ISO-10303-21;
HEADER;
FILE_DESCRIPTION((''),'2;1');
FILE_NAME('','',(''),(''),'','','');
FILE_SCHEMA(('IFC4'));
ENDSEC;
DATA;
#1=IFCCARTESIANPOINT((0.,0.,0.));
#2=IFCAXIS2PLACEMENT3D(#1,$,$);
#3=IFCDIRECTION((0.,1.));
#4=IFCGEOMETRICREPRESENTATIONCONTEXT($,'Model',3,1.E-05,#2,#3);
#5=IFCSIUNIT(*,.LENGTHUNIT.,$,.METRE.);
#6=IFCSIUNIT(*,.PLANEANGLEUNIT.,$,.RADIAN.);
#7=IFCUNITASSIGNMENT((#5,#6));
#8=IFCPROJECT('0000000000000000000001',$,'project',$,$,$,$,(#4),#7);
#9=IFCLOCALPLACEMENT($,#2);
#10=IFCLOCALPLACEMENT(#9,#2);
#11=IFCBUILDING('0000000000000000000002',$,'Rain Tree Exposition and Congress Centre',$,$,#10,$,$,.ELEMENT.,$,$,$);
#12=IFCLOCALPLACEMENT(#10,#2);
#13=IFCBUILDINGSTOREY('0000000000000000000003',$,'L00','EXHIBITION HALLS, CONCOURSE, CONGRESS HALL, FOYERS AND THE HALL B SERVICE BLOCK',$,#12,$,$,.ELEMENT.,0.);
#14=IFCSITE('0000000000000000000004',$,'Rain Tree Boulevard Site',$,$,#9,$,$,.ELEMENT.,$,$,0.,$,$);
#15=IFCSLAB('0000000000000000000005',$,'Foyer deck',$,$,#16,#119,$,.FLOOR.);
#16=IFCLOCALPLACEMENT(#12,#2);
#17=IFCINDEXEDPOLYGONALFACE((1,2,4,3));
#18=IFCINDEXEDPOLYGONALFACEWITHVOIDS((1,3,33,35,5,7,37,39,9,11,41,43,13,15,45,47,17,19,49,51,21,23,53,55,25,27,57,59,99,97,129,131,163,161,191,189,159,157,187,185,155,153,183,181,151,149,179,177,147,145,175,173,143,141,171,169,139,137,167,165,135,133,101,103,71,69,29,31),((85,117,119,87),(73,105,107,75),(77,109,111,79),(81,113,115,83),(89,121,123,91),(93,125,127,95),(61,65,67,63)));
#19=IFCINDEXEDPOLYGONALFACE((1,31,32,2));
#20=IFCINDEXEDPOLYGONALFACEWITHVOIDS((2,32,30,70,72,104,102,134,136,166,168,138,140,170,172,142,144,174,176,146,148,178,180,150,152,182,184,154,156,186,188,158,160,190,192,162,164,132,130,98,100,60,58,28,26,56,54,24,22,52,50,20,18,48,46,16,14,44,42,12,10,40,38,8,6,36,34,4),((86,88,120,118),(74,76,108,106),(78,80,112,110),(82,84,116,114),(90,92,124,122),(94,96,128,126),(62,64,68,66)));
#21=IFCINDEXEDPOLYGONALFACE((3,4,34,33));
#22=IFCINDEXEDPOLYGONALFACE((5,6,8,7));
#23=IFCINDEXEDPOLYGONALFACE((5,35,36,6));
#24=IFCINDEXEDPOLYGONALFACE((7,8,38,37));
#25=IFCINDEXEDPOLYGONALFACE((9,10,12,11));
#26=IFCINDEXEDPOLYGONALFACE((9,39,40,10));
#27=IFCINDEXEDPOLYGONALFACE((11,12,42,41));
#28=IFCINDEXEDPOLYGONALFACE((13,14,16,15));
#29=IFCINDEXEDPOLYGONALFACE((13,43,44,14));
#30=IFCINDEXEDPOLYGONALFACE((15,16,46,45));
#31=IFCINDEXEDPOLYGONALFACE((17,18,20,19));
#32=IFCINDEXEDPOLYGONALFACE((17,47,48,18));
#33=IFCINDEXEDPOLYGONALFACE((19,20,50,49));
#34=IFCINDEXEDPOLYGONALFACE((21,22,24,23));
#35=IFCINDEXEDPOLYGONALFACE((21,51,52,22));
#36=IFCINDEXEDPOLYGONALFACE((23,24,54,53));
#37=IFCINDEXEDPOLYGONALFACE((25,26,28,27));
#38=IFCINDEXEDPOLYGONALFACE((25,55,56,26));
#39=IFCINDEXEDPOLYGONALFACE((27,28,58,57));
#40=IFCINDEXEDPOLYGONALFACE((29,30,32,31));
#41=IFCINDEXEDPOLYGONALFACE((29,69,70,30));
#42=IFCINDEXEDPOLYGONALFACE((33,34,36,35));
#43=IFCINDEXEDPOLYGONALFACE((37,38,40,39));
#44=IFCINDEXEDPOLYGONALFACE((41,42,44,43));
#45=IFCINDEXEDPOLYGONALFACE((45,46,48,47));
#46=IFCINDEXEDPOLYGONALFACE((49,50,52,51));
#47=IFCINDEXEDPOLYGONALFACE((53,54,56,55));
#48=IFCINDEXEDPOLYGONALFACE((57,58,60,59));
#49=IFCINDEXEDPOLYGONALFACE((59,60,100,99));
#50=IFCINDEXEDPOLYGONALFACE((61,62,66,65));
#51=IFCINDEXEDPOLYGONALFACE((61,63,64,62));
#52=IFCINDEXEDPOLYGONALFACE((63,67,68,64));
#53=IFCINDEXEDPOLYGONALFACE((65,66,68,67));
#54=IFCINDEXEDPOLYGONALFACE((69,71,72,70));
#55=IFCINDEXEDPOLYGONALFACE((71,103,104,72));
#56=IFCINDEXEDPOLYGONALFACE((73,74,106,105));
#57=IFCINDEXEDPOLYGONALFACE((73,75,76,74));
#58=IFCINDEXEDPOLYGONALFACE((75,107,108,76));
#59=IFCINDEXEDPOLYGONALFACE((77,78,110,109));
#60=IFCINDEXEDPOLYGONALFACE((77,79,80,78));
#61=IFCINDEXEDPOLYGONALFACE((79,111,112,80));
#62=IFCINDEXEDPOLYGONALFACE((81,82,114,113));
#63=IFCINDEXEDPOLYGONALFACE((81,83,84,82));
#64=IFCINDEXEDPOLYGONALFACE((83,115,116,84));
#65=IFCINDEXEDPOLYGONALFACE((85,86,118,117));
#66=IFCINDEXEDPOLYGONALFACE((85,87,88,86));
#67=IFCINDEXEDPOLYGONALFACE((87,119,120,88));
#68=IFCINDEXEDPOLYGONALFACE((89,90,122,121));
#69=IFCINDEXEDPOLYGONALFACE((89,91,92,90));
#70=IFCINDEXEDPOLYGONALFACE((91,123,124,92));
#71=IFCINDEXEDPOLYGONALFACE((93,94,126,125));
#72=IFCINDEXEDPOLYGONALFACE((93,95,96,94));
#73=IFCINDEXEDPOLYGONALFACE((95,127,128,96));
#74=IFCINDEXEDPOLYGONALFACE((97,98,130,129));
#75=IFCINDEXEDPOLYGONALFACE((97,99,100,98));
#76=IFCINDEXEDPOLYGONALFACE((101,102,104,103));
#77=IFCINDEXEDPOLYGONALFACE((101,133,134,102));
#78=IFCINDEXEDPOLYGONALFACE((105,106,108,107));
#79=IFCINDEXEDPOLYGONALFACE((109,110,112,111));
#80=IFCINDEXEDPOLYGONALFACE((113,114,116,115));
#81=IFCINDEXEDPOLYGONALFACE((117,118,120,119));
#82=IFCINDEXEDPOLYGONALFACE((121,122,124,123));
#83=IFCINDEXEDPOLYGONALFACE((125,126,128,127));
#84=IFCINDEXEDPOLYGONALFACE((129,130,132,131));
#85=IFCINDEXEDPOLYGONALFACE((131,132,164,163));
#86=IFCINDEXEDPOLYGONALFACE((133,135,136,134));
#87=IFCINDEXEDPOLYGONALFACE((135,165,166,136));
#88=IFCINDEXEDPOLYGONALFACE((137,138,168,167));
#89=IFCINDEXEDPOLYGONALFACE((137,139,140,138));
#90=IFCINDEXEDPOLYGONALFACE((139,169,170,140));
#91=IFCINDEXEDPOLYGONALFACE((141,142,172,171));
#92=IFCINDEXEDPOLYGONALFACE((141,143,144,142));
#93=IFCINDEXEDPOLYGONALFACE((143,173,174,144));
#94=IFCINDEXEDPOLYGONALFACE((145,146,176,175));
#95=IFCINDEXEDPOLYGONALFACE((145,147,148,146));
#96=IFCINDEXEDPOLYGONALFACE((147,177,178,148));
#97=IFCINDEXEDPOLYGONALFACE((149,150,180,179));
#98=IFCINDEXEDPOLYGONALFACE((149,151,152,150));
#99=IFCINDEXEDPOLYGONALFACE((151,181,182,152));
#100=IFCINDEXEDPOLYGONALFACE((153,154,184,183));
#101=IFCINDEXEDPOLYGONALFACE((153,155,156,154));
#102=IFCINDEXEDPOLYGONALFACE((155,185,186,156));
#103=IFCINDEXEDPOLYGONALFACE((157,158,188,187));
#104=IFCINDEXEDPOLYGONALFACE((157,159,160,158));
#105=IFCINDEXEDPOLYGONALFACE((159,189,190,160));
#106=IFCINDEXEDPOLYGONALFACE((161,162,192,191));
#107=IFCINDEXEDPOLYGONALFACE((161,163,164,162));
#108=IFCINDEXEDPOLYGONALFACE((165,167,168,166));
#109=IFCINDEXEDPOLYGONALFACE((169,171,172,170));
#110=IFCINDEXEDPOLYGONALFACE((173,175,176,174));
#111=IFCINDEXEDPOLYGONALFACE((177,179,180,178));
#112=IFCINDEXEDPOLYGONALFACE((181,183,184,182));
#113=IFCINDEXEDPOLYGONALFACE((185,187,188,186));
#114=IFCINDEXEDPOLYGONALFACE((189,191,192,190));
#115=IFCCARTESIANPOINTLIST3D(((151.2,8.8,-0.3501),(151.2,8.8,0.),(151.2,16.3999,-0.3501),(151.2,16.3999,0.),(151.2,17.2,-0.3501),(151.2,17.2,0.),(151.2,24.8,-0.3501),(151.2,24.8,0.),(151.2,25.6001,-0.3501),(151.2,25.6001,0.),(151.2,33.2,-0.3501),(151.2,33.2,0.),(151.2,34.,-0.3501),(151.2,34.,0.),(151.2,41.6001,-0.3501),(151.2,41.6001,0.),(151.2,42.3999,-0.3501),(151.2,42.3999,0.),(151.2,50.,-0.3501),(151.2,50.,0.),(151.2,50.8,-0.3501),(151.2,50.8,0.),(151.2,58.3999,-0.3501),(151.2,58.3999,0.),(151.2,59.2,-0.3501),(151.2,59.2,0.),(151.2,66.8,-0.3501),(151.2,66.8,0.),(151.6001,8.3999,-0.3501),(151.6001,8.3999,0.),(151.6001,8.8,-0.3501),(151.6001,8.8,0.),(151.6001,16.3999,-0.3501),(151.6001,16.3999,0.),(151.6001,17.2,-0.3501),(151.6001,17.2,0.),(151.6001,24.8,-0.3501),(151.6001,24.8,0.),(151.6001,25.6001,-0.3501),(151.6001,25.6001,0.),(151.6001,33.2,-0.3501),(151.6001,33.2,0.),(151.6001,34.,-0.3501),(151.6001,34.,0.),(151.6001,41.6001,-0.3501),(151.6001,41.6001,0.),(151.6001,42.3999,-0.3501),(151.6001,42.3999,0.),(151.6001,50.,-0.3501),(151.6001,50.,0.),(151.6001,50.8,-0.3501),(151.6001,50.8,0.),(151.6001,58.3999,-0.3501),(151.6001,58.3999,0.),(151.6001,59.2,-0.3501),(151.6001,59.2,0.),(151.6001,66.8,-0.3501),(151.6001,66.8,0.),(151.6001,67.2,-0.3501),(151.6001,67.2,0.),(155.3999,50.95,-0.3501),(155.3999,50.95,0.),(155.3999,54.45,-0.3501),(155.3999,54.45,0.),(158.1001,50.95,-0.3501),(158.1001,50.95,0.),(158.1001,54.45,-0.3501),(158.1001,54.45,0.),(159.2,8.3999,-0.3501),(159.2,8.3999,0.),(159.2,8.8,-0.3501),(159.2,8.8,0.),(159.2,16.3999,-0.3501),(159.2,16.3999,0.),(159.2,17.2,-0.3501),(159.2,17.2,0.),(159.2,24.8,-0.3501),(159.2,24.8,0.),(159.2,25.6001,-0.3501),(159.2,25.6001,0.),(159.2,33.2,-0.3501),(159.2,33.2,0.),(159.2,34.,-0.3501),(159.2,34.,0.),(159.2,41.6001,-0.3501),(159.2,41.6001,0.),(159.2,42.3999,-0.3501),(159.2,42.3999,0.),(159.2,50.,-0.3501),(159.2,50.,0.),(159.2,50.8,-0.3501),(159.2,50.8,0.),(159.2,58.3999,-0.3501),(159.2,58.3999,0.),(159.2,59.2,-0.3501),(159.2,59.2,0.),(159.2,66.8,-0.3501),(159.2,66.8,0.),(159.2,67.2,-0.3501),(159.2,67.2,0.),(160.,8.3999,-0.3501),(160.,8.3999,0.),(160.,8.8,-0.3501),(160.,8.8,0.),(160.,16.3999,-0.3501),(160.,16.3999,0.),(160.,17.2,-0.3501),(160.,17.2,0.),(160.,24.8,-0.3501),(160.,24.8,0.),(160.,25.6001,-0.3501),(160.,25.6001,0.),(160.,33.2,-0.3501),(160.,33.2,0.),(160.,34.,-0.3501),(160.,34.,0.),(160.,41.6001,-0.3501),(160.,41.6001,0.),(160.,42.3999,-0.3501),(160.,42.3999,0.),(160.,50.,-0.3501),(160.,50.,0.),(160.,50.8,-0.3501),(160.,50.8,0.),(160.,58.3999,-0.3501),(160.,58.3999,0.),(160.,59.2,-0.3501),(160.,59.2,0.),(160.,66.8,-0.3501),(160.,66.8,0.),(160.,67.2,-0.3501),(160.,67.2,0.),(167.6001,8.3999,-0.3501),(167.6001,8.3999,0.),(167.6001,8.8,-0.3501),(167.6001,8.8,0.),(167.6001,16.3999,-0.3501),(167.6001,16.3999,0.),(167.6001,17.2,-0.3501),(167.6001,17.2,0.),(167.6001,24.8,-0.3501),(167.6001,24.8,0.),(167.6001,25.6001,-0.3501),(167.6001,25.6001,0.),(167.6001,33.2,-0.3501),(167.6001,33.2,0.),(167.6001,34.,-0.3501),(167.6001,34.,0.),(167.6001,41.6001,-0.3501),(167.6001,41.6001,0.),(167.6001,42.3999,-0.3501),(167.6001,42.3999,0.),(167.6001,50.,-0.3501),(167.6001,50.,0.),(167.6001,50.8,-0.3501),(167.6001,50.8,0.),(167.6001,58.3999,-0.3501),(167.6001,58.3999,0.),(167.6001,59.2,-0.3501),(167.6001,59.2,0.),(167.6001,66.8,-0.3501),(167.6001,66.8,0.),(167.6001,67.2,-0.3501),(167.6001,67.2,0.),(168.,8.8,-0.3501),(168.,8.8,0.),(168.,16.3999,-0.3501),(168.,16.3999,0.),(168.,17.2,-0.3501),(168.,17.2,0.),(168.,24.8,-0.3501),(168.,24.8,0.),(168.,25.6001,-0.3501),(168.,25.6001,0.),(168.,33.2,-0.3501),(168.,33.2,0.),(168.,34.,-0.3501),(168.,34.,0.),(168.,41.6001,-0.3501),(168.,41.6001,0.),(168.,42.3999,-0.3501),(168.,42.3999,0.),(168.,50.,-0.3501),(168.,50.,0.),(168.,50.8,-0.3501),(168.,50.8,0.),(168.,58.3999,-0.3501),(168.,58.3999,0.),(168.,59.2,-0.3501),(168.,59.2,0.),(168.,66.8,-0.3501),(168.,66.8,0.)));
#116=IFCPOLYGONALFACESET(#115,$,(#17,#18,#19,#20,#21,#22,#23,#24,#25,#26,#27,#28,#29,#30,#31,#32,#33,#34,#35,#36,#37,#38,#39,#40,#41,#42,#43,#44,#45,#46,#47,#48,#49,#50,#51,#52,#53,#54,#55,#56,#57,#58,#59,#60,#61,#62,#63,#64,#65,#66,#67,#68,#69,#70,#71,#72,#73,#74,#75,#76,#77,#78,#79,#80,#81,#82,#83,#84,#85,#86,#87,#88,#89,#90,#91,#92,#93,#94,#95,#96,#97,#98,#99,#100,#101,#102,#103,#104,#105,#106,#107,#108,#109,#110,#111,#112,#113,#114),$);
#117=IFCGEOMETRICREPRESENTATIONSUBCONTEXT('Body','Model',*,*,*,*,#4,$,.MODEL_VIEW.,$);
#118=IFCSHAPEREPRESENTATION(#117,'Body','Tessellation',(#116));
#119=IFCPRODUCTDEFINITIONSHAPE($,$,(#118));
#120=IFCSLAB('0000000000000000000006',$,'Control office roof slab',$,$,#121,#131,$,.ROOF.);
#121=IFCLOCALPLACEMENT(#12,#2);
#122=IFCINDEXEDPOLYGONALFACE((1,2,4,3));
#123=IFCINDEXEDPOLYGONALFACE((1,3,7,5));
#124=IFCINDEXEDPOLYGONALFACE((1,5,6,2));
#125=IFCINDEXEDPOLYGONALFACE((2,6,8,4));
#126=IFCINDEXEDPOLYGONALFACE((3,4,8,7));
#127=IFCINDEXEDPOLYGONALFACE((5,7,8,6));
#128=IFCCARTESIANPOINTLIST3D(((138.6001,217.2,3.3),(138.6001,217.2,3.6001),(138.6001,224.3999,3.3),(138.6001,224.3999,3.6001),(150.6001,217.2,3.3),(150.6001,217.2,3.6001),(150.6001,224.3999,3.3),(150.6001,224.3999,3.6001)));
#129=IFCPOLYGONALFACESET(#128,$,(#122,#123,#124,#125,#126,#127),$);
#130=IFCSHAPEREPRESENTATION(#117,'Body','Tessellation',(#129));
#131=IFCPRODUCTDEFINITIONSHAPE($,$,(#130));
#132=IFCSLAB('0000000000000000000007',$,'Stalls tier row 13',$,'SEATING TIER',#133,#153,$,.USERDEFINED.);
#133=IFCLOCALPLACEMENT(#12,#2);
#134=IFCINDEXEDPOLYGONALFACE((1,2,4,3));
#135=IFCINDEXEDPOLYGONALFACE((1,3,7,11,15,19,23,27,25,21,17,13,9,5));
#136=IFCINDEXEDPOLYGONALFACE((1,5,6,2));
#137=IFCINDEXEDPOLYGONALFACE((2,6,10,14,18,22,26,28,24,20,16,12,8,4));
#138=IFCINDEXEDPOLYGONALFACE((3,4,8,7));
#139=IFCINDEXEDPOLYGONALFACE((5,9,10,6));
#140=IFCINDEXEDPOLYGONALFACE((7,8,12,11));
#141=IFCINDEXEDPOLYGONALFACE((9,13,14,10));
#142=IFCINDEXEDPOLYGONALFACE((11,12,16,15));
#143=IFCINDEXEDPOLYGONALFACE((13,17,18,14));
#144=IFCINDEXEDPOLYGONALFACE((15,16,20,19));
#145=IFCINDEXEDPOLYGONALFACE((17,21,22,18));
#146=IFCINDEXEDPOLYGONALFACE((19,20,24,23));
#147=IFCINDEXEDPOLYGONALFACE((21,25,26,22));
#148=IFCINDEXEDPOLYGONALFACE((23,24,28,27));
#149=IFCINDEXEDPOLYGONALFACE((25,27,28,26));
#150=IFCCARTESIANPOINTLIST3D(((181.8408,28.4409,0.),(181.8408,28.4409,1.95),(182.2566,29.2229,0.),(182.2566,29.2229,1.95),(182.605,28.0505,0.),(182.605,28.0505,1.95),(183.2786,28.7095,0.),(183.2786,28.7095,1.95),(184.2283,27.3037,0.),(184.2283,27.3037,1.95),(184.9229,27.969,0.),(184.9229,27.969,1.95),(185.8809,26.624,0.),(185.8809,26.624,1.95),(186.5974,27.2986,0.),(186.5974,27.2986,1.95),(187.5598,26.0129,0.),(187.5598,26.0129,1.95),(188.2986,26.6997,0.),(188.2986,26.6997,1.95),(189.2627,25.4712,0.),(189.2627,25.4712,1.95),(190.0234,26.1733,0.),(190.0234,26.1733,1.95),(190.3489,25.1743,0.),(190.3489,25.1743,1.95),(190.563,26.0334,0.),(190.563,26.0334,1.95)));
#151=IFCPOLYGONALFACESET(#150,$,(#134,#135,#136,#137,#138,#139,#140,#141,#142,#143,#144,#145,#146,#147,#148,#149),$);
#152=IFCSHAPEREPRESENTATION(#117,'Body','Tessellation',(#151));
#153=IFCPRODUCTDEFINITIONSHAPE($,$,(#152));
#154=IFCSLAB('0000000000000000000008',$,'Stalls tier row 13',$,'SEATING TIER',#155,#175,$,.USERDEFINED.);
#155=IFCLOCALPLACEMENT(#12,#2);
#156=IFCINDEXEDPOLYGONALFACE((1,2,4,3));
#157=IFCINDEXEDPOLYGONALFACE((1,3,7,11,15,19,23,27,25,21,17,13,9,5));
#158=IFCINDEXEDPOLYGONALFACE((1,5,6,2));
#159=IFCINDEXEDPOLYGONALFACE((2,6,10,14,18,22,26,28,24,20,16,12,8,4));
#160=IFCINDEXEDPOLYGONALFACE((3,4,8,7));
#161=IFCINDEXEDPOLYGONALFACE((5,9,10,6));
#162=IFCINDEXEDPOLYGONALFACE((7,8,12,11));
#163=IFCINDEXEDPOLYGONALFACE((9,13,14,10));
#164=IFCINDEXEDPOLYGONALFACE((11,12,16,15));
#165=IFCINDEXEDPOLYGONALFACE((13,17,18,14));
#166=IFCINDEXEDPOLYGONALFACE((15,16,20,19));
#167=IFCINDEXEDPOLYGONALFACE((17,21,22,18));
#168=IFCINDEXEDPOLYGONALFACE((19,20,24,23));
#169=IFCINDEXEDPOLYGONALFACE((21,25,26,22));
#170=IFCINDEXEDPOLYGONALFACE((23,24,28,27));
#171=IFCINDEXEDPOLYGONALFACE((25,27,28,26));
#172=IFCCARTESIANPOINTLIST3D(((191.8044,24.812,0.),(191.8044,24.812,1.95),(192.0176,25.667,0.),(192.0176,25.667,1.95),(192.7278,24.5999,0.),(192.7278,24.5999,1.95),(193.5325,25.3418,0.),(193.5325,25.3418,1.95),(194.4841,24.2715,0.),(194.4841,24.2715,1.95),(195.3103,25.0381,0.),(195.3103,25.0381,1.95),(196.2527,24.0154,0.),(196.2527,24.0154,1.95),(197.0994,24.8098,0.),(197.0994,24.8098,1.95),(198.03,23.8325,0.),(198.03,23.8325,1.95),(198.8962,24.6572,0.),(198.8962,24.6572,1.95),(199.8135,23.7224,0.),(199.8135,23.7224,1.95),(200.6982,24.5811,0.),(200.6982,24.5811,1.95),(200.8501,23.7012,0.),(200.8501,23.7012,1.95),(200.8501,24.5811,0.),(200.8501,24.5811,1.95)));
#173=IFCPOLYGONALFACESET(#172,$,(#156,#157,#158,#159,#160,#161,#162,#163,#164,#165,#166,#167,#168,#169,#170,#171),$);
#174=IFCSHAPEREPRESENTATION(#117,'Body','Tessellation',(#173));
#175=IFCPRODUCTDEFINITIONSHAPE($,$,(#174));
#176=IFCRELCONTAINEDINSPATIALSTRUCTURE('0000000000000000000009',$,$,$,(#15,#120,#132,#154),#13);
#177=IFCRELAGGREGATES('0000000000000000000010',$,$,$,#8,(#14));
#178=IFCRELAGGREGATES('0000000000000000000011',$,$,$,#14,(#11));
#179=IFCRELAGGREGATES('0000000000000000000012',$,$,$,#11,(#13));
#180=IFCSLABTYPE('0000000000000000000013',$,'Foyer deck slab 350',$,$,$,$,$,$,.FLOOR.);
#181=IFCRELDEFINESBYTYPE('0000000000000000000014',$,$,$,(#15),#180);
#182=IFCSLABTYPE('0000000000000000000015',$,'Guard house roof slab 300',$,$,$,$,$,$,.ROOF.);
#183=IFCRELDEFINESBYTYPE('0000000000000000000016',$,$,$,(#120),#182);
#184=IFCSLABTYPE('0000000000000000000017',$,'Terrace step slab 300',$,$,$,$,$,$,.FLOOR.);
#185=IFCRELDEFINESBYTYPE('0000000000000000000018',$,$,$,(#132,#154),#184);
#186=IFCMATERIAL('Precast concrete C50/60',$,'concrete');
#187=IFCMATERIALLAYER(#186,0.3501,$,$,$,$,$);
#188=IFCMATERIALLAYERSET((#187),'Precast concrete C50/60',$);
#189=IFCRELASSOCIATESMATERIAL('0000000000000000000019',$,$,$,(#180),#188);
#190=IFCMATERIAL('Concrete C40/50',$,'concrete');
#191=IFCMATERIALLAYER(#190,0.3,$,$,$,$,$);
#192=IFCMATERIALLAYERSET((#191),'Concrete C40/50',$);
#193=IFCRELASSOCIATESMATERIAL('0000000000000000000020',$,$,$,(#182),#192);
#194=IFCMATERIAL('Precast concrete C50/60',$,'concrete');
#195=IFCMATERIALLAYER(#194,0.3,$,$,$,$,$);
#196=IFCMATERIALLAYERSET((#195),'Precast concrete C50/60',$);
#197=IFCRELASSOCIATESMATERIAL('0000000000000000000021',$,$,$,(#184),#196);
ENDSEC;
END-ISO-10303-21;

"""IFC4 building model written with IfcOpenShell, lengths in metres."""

from ifc_helpers import new_model, si_unit, direction, frame, origin, place, context, subcontext, project, spatial, polyline, outline, extrude, material, layer, layer_set, type_object, element, save


model = new_model("IFC4")

# Units and contexts
model_context = context("Model", 3, precision=1e-05, world=origin(), true_north=direction((0.0, 1.0)))
body_context = subcontext(model_context, "Body", "Model", "MODEL_VIEW")
ifc_project = project(units=[si_unit("LENGTHUNIT", "METRE"), si_unit("PLANEANGLEUNIT", "RADIAN")], contexts=[model_context])

# Site, building, storey
site_placement = place(None, origin())
site = spatial("IfcSite", under=ifc_project, at=site_placement, Name="Rain Tree Boulevard Site", CompositionType="ELEMENT", RefElevation=0.0)
building_placement = place(site_placement, origin())
building = spatial("IfcBuilding", under=site, at=building_placement, Name="Rain Tree Exposition and Congress Centre", CompositionType="ELEMENT")
storey_placement = place(building_placement, origin())
storey = spatial("IfcBuildingStorey", under=building, at=storey_placement, Name="L00", Description="EXHIBITION HALLS, CONCOURSE, CONGRESS HALL, FOYERS AND THE HALL B SERVICE BLOCK", CompositionType="ELEMENT", Elevation=0.0)

# Slabs
ifc_material_1 = material(Name="Precast concrete C50/60", Category="concrete")
ifc_layer_1 = layer(ifc_material_1, 0.3501)
ifc_layer_set_1 = layer_set([ifc_layer_1], Name="Precast concrete C50/60")
slab_type_1 = type_object("IfcSlabType", Name="Foyer deck slab 350", PredefinedType="FLOOR", material=ifc_layer_set_1)
slab_1_placement = place(storey_placement, frame((0.0, 0.0, -0.3501)))
element("IfcSlab", 1, at=slab_1_placement, inside=storey, type_object=slab_type_1, Name="Foyer deck", PredefinedType="FLOOR", context=body_context, shape_type="SweptSolid", body=[
    extrude(outline(polyline([(168.0, 8.8), (168.0, 16.3999), (167.6001, 16.3999), (167.6001, 17.2), (168.0, 17.2), (168.0, 24.8), (167.6001, 24.8), (167.6001, 25.6001), (168.0, 25.6001), (168.0, 33.2), (167.6001, 33.2), (167.6001, 34.0), (168.0, 34.0), (168.0, 41.6001), (167.6001, 41.6001), (167.6001, 42.3999), (168.0, 42.3999), (168.0, 50.0), (167.6001, 50.0), (167.6001, 50.8), (168.0, 50.8), (168.0, 58.3999), (167.6001, 58.3999), (167.6001, 59.2), (168.0, 59.2), (168.0, 66.8), (167.6001, 66.8), (167.6001, 67.2), (160.0, 67.2), (160.0, 66.8), (159.2, 66.8), (159.2, 67.2), (151.6001, 67.2), (151.6001, 66.8), (151.2, 66.8), (151.2, 59.2), (151.6001, 59.2), (151.6001, 58.3999), (151.2, 58.3999), (151.2, 50.8), (151.6001, 50.8), (151.6001, 50.0), (151.2, 50.0), (151.2, 42.3999), (151.6001, 42.3999), (151.6001, 41.6001), (151.2, 41.6001), (151.2, 34.0), (151.6001, 34.0), (151.6001, 33.2), (151.2, 33.2), (151.2, 25.6001), (151.6001, 25.6001), (151.6001, 24.8), (151.2, 24.8), (151.2, 17.2), (151.6001, 17.2), (151.6001, 16.3999), (151.2, 16.3999), (151.2, 8.8), (151.6001, 8.8), (151.6001, 8.3999), (159.2, 8.3999), (159.2, 8.8), (160.0, 8.8), (160.0, 8.3999), (167.6001, 8.3999), (167.6001, 8.8), (168.0, 8.8)]), holes=[polyline([(160.0, 50.0), (160.0, 50.8), (159.2, 50.8), (159.2, 50.0), (160.0, 50.0)]), polyline([(158.1001, 54.45), (155.3999, 54.45), (155.3999, 50.95), (158.1001, 50.95), (158.1001, 54.45)]), polyline([(160.0, 59.2), (159.2, 59.2), (159.2, 58.3999), (160.0, 58.3999), (160.0, 59.2)]), polyline([(160.0, 16.3999), (160.0, 17.2), (159.2, 17.2), (159.2, 16.3999), (160.0, 16.3999)]), polyline([(160.0, 24.8), (160.0, 25.6001), (159.2, 25.6001), (159.2, 24.8), (160.0, 24.8)]), polyline([(159.2, 34.0), (159.2, 33.2), (160.0, 33.2), (160.0, 34.0), (159.2, 34.0)]), polyline([(160.0, 41.6001), (160.0, 42.3999), (159.2, 42.3999), (159.2, 41.6001), (160.0, 41.6001)])]), origin(), (0.0, 0.0, 1.0), 0.3501),
])
ifc_material_2 = material(Name="Concrete C40/50", Category="concrete")
ifc_layer_2 = layer(ifc_material_2, 0.3)
ifc_layer_set_2 = layer_set([ifc_layer_2], Name="Concrete C40/50")
slab_type_2 = type_object("IfcSlabType", Name="Guard house roof slab 300", PredefinedType="ROOF", material=ifc_layer_set_2)
slab_2_placement = place(storey_placement, frame((0.0, 0.0, 3.3)))
element("IfcSlab", 2, at=slab_2_placement, inside=storey, type_object=slab_type_2, Name="Control office roof slab", PredefinedType="ROOF", context=body_context, shape_type="SweptSolid", body=[
    extrude(outline(polyline([(150.6001, 217.2), (150.6001, 224.3999), (138.6001, 224.3999), (138.6001, 217.2), (150.6001, 217.2)])), origin(), (0.0, 0.0, 1.0), 0.3),
])
ifc_material_3 = material(Name="Precast concrete C50/60", Category="concrete")
ifc_layer_3 = layer(ifc_material_3, 0.3)
ifc_layer_set_3 = layer_set([ifc_layer_3], Name="Precast concrete C50/60")
slab_type_3 = type_object("IfcSlabType", Name="Terrace step slab 300", PredefinedType="FLOOR", material=ifc_layer_set_3)
slab_3_placement = place(storey_placement, origin())
element("IfcSlab", 3, at=slab_3_placement, inside=storey, type_object=slab_type_3, Name="Stalls tier row 13", ObjectType="SEATING TIER", PredefinedType="USERDEFINED", context=body_context, shape_type="SweptSolid", body=[
    extrude(outline(polyline([(189.2627, 25.4712), (190.3489, 25.1743), (190.563, 26.0334), (190.0234, 26.1733), (188.2986, 26.6997), (186.5974, 27.2986), (184.9229, 27.969), (183.2786, 28.7095), (182.2566, 29.2229), (181.8408, 28.4409), (182.605, 28.0505), (184.2283, 27.3037), (185.8809, 26.624), (187.5598, 26.0129), (189.2627, 25.4712)])), origin(), (0.0, 0.0, 1.0), 1.95),
])
slab_4_placement = place(storey_placement, origin())
element("IfcSlab", 4, at=slab_4_placement, inside=storey, type_object=slab_type_3, Name="Stalls tier row 13", ObjectType="SEATING TIER", PredefinedType="USERDEFINED", context=body_context, shape_type="SweptSolid", body=[
    extrude(outline(polyline([(199.8135, 23.7224), (200.8501, 23.7012), (200.8501, 24.5811), (200.6982, 24.5811), (198.8962, 24.6572), (197.0994, 24.8098), (195.3103, 25.0381), (193.5325, 25.3418), (192.0176, 25.667), (191.8044, 24.812), (192.7278, 24.5999), (194.4841, 24.2715), (196.2527, 24.0154), (198.03, 23.8325), (199.8135, 23.7224)])), origin(), (0.0, 0.0, 1.0), 1.95),
])

save(model, "model.ifc")
